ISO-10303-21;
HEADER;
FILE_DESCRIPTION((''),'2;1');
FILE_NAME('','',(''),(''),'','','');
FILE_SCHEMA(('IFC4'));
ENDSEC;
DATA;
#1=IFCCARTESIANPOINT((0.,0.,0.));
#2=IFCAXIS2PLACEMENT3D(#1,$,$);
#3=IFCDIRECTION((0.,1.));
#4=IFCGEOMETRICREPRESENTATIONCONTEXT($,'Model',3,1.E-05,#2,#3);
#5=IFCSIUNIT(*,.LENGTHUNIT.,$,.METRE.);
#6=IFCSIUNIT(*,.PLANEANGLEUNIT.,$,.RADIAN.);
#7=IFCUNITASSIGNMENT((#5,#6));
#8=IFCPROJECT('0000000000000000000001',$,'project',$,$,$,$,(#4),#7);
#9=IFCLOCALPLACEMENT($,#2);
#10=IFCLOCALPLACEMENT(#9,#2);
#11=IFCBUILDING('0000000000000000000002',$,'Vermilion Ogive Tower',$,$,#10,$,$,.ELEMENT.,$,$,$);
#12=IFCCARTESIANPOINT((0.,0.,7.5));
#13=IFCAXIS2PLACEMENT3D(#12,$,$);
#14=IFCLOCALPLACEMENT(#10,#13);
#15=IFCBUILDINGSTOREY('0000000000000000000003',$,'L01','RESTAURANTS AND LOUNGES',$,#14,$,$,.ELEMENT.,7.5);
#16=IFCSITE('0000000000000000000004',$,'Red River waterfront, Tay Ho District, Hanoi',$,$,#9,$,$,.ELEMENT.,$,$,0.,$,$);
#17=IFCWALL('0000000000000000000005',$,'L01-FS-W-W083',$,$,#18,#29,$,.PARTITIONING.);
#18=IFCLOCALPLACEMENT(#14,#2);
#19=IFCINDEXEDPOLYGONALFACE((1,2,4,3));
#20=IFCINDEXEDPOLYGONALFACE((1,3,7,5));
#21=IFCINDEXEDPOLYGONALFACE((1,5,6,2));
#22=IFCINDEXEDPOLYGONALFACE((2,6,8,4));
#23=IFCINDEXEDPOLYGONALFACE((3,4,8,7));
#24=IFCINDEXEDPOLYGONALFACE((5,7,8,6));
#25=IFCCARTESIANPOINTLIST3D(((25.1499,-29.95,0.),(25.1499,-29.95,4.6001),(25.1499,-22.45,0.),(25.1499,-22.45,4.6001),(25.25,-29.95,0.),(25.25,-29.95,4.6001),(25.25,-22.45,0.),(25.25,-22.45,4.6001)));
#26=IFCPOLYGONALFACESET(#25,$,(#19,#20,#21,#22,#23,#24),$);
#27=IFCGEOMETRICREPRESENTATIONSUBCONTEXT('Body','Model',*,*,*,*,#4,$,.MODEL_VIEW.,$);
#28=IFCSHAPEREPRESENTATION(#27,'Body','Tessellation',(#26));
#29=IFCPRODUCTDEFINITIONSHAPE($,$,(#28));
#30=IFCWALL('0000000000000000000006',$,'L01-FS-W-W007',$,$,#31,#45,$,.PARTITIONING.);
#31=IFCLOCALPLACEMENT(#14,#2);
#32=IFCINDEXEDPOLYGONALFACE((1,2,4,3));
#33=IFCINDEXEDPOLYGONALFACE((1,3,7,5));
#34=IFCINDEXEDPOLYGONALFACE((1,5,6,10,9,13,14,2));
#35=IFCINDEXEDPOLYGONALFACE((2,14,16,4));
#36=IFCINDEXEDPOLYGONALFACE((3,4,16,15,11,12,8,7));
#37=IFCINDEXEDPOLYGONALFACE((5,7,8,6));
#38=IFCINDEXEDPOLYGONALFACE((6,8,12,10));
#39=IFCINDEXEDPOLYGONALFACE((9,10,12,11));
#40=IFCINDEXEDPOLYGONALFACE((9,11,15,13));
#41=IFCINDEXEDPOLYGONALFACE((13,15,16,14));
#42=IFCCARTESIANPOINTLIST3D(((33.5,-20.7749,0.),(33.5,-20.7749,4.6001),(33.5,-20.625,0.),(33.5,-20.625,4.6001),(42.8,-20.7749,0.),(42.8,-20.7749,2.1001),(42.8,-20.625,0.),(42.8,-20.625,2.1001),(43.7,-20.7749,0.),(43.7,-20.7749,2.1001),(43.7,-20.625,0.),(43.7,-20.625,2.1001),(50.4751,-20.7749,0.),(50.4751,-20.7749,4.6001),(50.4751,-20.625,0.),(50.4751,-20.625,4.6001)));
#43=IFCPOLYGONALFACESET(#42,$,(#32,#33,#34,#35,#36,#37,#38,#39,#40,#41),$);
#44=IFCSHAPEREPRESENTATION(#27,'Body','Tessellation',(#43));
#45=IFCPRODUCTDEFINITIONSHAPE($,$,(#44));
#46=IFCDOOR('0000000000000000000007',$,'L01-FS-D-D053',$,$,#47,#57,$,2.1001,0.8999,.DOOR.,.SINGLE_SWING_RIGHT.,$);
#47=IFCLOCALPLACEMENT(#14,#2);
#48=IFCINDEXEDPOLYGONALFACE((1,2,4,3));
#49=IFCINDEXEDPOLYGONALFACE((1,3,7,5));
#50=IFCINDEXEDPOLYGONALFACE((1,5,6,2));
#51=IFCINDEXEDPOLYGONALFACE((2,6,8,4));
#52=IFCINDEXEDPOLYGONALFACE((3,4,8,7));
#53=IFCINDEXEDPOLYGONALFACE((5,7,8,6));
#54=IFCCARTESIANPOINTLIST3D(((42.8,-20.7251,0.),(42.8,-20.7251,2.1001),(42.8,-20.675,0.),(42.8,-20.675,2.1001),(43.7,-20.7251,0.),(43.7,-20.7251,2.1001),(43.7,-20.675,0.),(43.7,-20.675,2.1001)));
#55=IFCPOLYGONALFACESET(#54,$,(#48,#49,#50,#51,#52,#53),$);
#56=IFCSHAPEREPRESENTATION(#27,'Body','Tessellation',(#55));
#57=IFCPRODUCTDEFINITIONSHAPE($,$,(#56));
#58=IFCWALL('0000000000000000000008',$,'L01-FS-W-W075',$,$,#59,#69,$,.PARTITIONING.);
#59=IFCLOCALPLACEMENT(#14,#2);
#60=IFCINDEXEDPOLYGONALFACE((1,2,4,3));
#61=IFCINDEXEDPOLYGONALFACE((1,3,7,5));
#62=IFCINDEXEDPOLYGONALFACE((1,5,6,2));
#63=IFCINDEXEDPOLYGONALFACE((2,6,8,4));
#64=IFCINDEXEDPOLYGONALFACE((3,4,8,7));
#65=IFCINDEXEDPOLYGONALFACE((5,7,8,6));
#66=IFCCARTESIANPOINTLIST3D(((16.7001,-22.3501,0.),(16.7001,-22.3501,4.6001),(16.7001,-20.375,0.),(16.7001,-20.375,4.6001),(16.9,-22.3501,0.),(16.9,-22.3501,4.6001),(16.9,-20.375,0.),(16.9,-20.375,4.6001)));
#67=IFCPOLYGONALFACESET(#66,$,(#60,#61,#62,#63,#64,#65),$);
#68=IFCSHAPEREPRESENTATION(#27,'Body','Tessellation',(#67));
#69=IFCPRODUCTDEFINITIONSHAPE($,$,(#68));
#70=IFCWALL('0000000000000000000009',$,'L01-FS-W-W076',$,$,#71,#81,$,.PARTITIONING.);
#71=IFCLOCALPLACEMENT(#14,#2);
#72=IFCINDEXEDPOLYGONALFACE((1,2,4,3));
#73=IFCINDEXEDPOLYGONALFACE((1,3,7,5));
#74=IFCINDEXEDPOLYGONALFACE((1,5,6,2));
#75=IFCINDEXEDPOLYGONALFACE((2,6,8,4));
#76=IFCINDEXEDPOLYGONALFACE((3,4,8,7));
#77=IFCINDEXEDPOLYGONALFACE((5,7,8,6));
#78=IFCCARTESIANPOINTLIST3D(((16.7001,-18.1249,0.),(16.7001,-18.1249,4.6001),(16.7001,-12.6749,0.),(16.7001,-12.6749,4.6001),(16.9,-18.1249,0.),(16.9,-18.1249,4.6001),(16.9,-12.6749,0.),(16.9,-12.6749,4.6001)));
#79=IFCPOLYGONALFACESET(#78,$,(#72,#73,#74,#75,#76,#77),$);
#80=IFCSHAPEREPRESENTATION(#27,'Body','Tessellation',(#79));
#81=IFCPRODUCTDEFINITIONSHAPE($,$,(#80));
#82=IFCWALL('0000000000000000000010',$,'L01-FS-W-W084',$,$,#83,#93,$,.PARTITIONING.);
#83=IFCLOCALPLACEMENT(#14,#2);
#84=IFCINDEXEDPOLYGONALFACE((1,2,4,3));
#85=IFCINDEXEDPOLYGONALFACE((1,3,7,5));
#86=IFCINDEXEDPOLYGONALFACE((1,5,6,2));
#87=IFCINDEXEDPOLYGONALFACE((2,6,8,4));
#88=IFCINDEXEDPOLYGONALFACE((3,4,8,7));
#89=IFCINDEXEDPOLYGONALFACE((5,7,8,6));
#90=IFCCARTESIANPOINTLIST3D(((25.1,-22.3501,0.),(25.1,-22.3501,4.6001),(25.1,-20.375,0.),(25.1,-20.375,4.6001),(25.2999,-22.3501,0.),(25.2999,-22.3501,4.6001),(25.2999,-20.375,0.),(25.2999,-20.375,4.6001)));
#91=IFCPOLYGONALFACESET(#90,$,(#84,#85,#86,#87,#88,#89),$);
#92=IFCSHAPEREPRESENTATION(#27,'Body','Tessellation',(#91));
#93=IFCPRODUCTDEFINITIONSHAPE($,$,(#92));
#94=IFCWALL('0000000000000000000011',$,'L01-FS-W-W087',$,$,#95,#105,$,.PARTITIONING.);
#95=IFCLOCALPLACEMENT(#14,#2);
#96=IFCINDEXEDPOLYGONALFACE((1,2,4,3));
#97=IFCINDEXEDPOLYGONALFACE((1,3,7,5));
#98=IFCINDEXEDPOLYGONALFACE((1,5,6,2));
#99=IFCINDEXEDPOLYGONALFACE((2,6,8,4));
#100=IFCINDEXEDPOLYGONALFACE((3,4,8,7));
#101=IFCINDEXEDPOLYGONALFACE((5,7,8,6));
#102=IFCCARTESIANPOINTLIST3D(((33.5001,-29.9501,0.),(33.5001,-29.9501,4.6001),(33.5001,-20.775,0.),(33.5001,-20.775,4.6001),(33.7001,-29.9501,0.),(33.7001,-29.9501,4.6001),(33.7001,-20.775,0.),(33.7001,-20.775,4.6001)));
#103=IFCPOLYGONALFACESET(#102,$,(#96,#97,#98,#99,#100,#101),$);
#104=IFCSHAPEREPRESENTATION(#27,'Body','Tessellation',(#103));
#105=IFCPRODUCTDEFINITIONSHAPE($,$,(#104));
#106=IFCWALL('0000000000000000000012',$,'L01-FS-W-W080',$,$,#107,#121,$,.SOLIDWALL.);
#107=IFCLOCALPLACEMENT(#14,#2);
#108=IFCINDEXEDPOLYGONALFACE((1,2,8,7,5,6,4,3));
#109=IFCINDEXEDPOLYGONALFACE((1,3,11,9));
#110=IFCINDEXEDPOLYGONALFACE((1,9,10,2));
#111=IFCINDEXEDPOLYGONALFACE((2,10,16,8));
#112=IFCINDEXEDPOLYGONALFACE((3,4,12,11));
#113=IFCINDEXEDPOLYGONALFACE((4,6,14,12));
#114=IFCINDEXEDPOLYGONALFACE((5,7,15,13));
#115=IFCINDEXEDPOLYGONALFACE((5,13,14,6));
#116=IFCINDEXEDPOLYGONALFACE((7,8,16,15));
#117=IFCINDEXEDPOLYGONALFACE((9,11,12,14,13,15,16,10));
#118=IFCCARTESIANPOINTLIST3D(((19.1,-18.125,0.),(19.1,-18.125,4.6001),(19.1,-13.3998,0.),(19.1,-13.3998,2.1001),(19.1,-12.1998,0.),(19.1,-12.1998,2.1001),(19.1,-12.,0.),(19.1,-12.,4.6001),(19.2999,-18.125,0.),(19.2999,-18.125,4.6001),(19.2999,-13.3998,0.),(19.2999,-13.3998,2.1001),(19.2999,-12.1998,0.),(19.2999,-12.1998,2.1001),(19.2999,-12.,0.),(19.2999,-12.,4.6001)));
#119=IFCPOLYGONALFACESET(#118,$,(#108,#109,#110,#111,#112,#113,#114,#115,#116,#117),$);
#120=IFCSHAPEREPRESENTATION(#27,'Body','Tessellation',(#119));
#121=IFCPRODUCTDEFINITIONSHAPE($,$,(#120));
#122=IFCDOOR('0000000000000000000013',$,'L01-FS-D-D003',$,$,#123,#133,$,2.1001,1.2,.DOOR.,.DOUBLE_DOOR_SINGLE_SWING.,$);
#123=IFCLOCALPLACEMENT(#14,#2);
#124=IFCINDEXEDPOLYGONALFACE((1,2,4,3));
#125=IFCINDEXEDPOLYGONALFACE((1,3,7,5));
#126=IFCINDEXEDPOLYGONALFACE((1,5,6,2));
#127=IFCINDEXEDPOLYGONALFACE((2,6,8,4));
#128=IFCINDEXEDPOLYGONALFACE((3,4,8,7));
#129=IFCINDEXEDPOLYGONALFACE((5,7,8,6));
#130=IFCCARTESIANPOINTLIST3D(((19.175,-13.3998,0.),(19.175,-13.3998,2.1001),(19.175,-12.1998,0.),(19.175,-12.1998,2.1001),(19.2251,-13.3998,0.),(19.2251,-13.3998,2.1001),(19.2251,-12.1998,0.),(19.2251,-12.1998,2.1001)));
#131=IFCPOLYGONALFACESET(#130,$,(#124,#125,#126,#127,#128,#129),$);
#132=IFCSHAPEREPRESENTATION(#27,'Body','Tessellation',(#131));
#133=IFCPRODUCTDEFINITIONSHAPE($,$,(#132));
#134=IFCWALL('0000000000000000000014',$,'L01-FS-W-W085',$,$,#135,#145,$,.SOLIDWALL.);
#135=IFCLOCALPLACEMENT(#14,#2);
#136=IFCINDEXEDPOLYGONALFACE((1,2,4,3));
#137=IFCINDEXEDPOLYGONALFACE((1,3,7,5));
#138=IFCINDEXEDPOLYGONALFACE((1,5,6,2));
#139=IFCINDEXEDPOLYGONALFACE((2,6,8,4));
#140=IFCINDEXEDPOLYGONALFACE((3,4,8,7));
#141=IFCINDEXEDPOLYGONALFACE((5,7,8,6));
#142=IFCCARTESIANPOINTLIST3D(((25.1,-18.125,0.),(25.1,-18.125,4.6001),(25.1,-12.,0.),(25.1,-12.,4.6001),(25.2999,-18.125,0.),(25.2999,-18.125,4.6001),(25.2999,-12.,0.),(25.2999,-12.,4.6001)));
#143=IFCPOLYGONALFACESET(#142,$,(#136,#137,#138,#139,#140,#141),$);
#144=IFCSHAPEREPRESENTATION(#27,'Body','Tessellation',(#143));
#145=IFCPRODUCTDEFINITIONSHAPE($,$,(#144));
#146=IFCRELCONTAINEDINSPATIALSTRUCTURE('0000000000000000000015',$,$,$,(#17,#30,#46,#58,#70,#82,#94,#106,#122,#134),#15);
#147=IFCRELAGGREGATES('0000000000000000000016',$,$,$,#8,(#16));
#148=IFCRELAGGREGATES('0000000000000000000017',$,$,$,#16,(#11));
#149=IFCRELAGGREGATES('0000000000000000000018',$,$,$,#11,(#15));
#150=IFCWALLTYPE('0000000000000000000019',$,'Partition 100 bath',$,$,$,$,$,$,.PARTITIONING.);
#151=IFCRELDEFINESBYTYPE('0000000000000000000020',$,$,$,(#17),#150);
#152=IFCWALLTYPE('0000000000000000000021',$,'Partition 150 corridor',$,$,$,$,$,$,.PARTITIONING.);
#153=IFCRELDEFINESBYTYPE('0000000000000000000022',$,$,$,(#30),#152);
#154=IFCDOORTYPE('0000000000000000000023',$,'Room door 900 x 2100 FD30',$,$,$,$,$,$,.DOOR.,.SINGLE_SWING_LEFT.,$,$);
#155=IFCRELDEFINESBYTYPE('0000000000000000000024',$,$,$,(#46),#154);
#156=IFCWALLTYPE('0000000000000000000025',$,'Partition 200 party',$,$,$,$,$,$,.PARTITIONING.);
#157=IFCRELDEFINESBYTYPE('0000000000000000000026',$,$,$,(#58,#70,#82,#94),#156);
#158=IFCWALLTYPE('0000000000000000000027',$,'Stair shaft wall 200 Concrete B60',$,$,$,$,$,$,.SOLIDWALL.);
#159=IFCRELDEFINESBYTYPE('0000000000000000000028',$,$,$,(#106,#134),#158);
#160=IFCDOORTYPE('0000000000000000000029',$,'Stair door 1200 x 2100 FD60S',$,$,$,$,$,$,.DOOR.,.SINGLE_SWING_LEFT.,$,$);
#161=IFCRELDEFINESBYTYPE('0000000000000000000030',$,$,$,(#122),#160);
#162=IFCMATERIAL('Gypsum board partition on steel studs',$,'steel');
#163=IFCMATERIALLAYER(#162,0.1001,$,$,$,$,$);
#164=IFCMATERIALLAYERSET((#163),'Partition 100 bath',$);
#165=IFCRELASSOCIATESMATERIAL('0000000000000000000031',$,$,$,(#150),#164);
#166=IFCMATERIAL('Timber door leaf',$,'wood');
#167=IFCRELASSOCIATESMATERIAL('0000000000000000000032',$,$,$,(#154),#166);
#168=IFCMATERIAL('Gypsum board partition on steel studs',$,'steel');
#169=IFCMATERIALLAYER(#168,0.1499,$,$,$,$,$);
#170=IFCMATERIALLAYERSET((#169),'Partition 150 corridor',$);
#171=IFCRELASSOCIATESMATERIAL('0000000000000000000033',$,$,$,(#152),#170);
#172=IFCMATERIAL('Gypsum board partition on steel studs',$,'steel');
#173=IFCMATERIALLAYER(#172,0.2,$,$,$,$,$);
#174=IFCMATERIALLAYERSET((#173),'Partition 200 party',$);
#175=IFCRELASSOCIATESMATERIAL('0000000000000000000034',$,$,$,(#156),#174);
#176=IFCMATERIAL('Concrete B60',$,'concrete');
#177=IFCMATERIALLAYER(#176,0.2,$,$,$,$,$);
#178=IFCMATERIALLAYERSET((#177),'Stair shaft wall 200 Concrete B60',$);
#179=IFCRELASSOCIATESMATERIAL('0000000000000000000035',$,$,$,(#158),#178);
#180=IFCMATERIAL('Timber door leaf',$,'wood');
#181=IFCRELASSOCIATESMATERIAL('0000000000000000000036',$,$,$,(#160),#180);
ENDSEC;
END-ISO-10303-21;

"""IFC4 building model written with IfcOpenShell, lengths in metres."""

from ifc_helpers import new_model, si_unit, direction, frame, frame_2d, origin, place, context, subcontext, project, spatial, rectangle, extrude, material, layer, layer_set, type_object, element, fill, save


model = new_model("IFC4")

# Units and contexts
model_context = context("Model", 3, precision=1e-05, world=origin(), true_north=direction((0.0, 1.0)))
body_context = subcontext(model_context, "Body", "Model", "MODEL_VIEW")
ifc_project = project(units=[si_unit("LENGTHUNIT", "METRE"), si_unit("PLANEANGLEUNIT", "RADIAN")], contexts=[model_context])

# Site, building, storey
site_placement = place(None, origin())
site = spatial("IfcSite", under=ifc_project, at=site_placement, Name="Red River waterfront, Tay Ho District, Hanoi", CompositionType="ELEMENT", RefElevation=0.0)
building_placement = place(site_placement, origin())
building = spatial("IfcBuilding", under=site, at=building_placement, Name="Vermilion Ogive Tower", CompositionType="ELEMENT")
storey_placement = place(building_placement, frame((0.0, 0.0, 7.5)))
storey = spatial("IfcBuildingStorey", under=building, at=storey_placement, Name="L01", Description="RESTAURANTS AND LOUNGES", CompositionType="ELEMENT", Elevation=7.5)

# Shared definitions
ifc_material_1 = material(Name="Gypsum board partition on steel studs", Category="steel")
ifc_layer_1 = layer(ifc_material_1, 0.1001)
ifc_layer_set_1 = layer_set([ifc_layer_1], Name="Partition 100 bath")
wall_type_1 = type_object("IfcWallType", Name="Partition 100 bath", PredefinedType="PARTITIONING", material=ifc_layer_set_1)
ifc_material_2 = material(Name="Timber door leaf", Category="wood")
door_type_1 = type_object("IfcDoorType", Name="Room door 900 x 2100 FD30", OperationType="SINGLE_SWING_LEFT", PredefinedType="DOOR", material=ifc_material_2)

# Wall
for number, where, z_axis, x_axis, name in (
    (1, (25.2, -29.95, 0.0), (0.0, 0.0, 1.0), (0.0, 1.0, 0.0), "L01-FS-W-W083"),
):
    element("IfcWall", number, at=place(storey_placement, frame(where, z_axis=z_axis, x_axis=x_axis)), inside=storey, type_object=wall_type_1, Name=name, PredefinedType="PARTITIONING", context=body_context, shape_type="SweptSolid", body=[
        extrude(rectangle(XDim=7.5, YDim=0.1001, at=frame_2d((3.75, 0.0))), origin(), (0.0, 0.0, 1.0), 4.6001),
    ])

# Wall, opening, door
ifc_material_3 = material(Name="Gypsum board partition on steel studs", Category="steel")
ifc_layer_2 = layer(ifc_material_3, 0.1499)
ifc_layer_set_2 = layer_set([ifc_layer_2], Name="Partition 150 corridor")
wall_type_2 = type_object("IfcWallType", Name="Partition 150 corridor", PredefinedType="PARTITIONING", material=ifc_layer_set_2)
wall_1_placement = place(storey_placement, frame((33.5, -20.7, 0.0), z_axis=(0.0, 0.0, 1.0), x_axis=(1.0, 0.0, 0.0)))
wall_1 = element("IfcWall", 2, at=wall_1_placement, inside=storey, type_object=wall_type_2, Name="L01-FS-W-W007", PredefinedType="PARTITIONING", context=body_context, shape_type="SweptSolid", body=[
    extrude(rectangle(XDim=16.9751, YDim=0.1499, at=frame_2d((8.4875, 0.0))), origin(), (0.0, 0.0, 1.0), 4.6001),
])
opening_1_placement = place(wall_1_placement, frame((9.3, 0.0, 0.0)))
opening_1 = element("IfcOpeningElement", 3, at=opening_1_placement, cuts=wall_1, PredefinedType="OPENING", context=body_context, shape_type="SweptSolid", body=[
    extrude(rectangle(XDim=0.8999, YDim=2.1001, at=frame_2d((0.45, 1.05))), frame((0.0, 0.085, 0.0), z_axis=(0.0, -1.0, 0.0), x_axis=(1.0, 0.0, 0.0)), (0.0, 0.0, 1.0), 0.1699),
])
door_1_placement = place(opening_1_placement, origin())
door_1 = element("IfcDoor", 4, at=door_1_placement, inside=storey, type_object=door_type_1, Name="L01-FS-D-D053", OperationType="SINGLE_SWING_RIGHT", OverallHeight=2.1001, OverallWidth=0.8999, PredefinedType="DOOR", context=body_context, shape_type="SweptSolid", body=[
    extrude(rectangle(XDim=0.8999, YDim=2.1001, at=frame_2d((0.45, 1.05))), frame((0.0, 0.0249, 0.0), z_axis=(0.0, -1.0, 0.0), x_axis=(1.0, 0.0, 0.0)), (0.0, 0.0, 1.0), 0.05),
])
fill(opening_1, door_1)

# Walls
ifc_material_4 = material(Name="Gypsum board partition on steel studs", Category="steel")
ifc_layer_3 = layer(ifc_material_4, 0.2)
ifc_layer_set_3 = layer_set([ifc_layer_3], Name="Partition 200 party")
wall_type_3 = type_object("IfcWallType", Name="Partition 200 party", PredefinedType="PARTITIONING", material=ifc_layer_set_3)
wall_2_placement = place(storey_placement, frame((16.8, -22.3501, 0.0), z_axis=(0.0, 0.0, 1.0), x_axis=(0.0, 1.0, 0.0)))
element("IfcWall", 5, at=wall_2_placement, inside=storey, type_object=wall_type_3, Name="L01-FS-W-W075", PredefinedType="PARTITIONING", context=body_context, shape_type="SweptSolid", body=[
    extrude(rectangle(XDim=1.9751, YDim=0.2, at=frame_2d((0.9875, 0.0))), origin(), (0.0, 0.0, 1.0), 4.6001),
])
wall_3_placement = place(storey_placement, frame((16.8, -18.125, 0.0), z_axis=(0.0, 0.0, 1.0), x_axis=(0.0, 1.0, 0.0)))
element("IfcWall", 6, at=wall_3_placement, inside=storey, type_object=wall_type_3, Name="L01-FS-W-W076", PredefinedType="PARTITIONING", context=body_context, shape_type="SweptSolid", body=[
    extrude(rectangle(XDim=5.45, YDim=0.2, at=frame_2d((2.7251, 0.0))), origin(), (0.0, 0.0, 1.0), 4.6001),
])
wall_4_placement = place(storey_placement, frame((25.2, -22.3501, 0.0), z_axis=(0.0, 0.0, 1.0), x_axis=(0.0, 1.0, 0.0)))
element("IfcWall", 7, at=wall_4_placement, inside=storey, type_object=wall_type_3, Name="L01-FS-W-W084", PredefinedType="PARTITIONING", context=body_context, shape_type="SweptSolid", body=[
    extrude(rectangle(XDim=1.9751, YDim=0.2, at=frame_2d((0.9875, 0.0))), origin(), (0.0, 0.0, 1.0), 4.6001),
])
wall_5_placement = place(storey_placement, frame((33.6001, -29.95, 0.0), z_axis=(0.0, 0.0, 1.0), x_axis=(0.0, 1.0, 0.0)))
element("IfcWall", 8, at=wall_5_placement, inside=storey, type_object=wall_type_3, Name="L01-FS-W-W087", PredefinedType="PARTITIONING", context=body_context, shape_type="SweptSolid", body=[
    extrude(rectangle(XDim=9.175, YDim=0.2, at=frame_2d((4.5874, 0.0))), origin(), (0.0, 0.0, 1.0), 4.6001),
])

# Wall, opening, door
ifc_material_5 = material(Name="Concrete B60", Category="concrete")
ifc_layer_4 = layer(ifc_material_5, 0.2)
ifc_layer_set_4 = layer_set([ifc_layer_4], Name="Stair shaft wall 200 Concrete B60")
wall_type_4 = type_object("IfcWallType", Name="Stair shaft wall 200 Concrete B60", PredefinedType="SOLIDWALL", material=ifc_layer_set_4)
wall_6_placement = place(storey_placement, frame((19.2, -18.125, 0.0), z_axis=(0.0, 0.0, 1.0), x_axis=(0.0, 1.0, 0.0)))
wall_6 = element("IfcWall", 9, at=wall_6_placement, inside=storey, type_object=wall_type_4, Name="L01-FS-W-W080", PredefinedType="SOLIDWALL", context=body_context, shape_type="SweptSolid", body=[
    extrude(rectangle(XDim=6.125, YDim=0.2, at=frame_2d((3.0625, 0.0))), origin(), (0.0, 0.0, 1.0), 4.6001),
])
opening_2_placement = place(wall_6_placement, frame((4.7251, 0.0, 0.0)))
opening_2 = element("IfcOpeningElement", 10, at=opening_2_placement, cuts=wall_6, PredefinedType="OPENING", context=body_context, shape_type="SweptSolid", body=[
    extrude(rectangle(XDim=1.2, YDim=2.1001, at=frame_2d((0.6001, 1.05))), frame((0.0, 0.1099, 0.0), z_axis=(0.0, -1.0, 0.0), x_axis=(1.0, 0.0, 0.0)), (0.0, 0.0, 1.0), 0.22),
])
ifc_material_6 = material(Name="Timber door leaf", Category="wood")
door_type_2 = type_object("IfcDoorType", Name="Stair door 1200 x 2100 FD60S", OperationType="SINGLE_SWING_LEFT", PredefinedType="DOOR", material=ifc_material_6)
door_2_placement = place(opening_2_placement, origin())
door_2 = element("IfcDoor", 11, at=door_2_placement, inside=storey, type_object=door_type_2, Name="L01-FS-D-D003", OperationType="DOUBLE_DOOR_SINGLE_SWING", OverallHeight=2.1001, OverallWidth=1.2, PredefinedType="DOOR", context=body_context, shape_type="SweptSolid", body=[
    extrude(rectangle(XDim=1.2, YDim=2.1001, at=frame_2d((0.6001, 1.05))), frame((0.0, 0.0249, 0.0), z_axis=(0.0, -1.0, 0.0), x_axis=(1.0, 0.0, 0.0)), (0.0, 0.0, 1.0), 0.05),
])
fill(opening_2, door_2)

# Wall
wall_7_placement = place(storey_placement, frame((25.2, -18.125, 0.0), z_axis=(0.0, 0.0, 1.0), x_axis=(0.0, 1.0, 0.0)))
element("IfcWall", 12, at=wall_7_placement, inside=storey, type_object=wall_type_4, Name="L01-FS-W-W085", PredefinedType="SOLIDWALL", context=body_context, shape_type="SweptSolid", body=[
    extrude(rectangle(XDim=6.125, YDim=0.2, at=frame_2d((3.0625, 0.0))), origin(), (0.0, 0.0, 1.0), 4.6001),
])

save(model, "model.ifc")
